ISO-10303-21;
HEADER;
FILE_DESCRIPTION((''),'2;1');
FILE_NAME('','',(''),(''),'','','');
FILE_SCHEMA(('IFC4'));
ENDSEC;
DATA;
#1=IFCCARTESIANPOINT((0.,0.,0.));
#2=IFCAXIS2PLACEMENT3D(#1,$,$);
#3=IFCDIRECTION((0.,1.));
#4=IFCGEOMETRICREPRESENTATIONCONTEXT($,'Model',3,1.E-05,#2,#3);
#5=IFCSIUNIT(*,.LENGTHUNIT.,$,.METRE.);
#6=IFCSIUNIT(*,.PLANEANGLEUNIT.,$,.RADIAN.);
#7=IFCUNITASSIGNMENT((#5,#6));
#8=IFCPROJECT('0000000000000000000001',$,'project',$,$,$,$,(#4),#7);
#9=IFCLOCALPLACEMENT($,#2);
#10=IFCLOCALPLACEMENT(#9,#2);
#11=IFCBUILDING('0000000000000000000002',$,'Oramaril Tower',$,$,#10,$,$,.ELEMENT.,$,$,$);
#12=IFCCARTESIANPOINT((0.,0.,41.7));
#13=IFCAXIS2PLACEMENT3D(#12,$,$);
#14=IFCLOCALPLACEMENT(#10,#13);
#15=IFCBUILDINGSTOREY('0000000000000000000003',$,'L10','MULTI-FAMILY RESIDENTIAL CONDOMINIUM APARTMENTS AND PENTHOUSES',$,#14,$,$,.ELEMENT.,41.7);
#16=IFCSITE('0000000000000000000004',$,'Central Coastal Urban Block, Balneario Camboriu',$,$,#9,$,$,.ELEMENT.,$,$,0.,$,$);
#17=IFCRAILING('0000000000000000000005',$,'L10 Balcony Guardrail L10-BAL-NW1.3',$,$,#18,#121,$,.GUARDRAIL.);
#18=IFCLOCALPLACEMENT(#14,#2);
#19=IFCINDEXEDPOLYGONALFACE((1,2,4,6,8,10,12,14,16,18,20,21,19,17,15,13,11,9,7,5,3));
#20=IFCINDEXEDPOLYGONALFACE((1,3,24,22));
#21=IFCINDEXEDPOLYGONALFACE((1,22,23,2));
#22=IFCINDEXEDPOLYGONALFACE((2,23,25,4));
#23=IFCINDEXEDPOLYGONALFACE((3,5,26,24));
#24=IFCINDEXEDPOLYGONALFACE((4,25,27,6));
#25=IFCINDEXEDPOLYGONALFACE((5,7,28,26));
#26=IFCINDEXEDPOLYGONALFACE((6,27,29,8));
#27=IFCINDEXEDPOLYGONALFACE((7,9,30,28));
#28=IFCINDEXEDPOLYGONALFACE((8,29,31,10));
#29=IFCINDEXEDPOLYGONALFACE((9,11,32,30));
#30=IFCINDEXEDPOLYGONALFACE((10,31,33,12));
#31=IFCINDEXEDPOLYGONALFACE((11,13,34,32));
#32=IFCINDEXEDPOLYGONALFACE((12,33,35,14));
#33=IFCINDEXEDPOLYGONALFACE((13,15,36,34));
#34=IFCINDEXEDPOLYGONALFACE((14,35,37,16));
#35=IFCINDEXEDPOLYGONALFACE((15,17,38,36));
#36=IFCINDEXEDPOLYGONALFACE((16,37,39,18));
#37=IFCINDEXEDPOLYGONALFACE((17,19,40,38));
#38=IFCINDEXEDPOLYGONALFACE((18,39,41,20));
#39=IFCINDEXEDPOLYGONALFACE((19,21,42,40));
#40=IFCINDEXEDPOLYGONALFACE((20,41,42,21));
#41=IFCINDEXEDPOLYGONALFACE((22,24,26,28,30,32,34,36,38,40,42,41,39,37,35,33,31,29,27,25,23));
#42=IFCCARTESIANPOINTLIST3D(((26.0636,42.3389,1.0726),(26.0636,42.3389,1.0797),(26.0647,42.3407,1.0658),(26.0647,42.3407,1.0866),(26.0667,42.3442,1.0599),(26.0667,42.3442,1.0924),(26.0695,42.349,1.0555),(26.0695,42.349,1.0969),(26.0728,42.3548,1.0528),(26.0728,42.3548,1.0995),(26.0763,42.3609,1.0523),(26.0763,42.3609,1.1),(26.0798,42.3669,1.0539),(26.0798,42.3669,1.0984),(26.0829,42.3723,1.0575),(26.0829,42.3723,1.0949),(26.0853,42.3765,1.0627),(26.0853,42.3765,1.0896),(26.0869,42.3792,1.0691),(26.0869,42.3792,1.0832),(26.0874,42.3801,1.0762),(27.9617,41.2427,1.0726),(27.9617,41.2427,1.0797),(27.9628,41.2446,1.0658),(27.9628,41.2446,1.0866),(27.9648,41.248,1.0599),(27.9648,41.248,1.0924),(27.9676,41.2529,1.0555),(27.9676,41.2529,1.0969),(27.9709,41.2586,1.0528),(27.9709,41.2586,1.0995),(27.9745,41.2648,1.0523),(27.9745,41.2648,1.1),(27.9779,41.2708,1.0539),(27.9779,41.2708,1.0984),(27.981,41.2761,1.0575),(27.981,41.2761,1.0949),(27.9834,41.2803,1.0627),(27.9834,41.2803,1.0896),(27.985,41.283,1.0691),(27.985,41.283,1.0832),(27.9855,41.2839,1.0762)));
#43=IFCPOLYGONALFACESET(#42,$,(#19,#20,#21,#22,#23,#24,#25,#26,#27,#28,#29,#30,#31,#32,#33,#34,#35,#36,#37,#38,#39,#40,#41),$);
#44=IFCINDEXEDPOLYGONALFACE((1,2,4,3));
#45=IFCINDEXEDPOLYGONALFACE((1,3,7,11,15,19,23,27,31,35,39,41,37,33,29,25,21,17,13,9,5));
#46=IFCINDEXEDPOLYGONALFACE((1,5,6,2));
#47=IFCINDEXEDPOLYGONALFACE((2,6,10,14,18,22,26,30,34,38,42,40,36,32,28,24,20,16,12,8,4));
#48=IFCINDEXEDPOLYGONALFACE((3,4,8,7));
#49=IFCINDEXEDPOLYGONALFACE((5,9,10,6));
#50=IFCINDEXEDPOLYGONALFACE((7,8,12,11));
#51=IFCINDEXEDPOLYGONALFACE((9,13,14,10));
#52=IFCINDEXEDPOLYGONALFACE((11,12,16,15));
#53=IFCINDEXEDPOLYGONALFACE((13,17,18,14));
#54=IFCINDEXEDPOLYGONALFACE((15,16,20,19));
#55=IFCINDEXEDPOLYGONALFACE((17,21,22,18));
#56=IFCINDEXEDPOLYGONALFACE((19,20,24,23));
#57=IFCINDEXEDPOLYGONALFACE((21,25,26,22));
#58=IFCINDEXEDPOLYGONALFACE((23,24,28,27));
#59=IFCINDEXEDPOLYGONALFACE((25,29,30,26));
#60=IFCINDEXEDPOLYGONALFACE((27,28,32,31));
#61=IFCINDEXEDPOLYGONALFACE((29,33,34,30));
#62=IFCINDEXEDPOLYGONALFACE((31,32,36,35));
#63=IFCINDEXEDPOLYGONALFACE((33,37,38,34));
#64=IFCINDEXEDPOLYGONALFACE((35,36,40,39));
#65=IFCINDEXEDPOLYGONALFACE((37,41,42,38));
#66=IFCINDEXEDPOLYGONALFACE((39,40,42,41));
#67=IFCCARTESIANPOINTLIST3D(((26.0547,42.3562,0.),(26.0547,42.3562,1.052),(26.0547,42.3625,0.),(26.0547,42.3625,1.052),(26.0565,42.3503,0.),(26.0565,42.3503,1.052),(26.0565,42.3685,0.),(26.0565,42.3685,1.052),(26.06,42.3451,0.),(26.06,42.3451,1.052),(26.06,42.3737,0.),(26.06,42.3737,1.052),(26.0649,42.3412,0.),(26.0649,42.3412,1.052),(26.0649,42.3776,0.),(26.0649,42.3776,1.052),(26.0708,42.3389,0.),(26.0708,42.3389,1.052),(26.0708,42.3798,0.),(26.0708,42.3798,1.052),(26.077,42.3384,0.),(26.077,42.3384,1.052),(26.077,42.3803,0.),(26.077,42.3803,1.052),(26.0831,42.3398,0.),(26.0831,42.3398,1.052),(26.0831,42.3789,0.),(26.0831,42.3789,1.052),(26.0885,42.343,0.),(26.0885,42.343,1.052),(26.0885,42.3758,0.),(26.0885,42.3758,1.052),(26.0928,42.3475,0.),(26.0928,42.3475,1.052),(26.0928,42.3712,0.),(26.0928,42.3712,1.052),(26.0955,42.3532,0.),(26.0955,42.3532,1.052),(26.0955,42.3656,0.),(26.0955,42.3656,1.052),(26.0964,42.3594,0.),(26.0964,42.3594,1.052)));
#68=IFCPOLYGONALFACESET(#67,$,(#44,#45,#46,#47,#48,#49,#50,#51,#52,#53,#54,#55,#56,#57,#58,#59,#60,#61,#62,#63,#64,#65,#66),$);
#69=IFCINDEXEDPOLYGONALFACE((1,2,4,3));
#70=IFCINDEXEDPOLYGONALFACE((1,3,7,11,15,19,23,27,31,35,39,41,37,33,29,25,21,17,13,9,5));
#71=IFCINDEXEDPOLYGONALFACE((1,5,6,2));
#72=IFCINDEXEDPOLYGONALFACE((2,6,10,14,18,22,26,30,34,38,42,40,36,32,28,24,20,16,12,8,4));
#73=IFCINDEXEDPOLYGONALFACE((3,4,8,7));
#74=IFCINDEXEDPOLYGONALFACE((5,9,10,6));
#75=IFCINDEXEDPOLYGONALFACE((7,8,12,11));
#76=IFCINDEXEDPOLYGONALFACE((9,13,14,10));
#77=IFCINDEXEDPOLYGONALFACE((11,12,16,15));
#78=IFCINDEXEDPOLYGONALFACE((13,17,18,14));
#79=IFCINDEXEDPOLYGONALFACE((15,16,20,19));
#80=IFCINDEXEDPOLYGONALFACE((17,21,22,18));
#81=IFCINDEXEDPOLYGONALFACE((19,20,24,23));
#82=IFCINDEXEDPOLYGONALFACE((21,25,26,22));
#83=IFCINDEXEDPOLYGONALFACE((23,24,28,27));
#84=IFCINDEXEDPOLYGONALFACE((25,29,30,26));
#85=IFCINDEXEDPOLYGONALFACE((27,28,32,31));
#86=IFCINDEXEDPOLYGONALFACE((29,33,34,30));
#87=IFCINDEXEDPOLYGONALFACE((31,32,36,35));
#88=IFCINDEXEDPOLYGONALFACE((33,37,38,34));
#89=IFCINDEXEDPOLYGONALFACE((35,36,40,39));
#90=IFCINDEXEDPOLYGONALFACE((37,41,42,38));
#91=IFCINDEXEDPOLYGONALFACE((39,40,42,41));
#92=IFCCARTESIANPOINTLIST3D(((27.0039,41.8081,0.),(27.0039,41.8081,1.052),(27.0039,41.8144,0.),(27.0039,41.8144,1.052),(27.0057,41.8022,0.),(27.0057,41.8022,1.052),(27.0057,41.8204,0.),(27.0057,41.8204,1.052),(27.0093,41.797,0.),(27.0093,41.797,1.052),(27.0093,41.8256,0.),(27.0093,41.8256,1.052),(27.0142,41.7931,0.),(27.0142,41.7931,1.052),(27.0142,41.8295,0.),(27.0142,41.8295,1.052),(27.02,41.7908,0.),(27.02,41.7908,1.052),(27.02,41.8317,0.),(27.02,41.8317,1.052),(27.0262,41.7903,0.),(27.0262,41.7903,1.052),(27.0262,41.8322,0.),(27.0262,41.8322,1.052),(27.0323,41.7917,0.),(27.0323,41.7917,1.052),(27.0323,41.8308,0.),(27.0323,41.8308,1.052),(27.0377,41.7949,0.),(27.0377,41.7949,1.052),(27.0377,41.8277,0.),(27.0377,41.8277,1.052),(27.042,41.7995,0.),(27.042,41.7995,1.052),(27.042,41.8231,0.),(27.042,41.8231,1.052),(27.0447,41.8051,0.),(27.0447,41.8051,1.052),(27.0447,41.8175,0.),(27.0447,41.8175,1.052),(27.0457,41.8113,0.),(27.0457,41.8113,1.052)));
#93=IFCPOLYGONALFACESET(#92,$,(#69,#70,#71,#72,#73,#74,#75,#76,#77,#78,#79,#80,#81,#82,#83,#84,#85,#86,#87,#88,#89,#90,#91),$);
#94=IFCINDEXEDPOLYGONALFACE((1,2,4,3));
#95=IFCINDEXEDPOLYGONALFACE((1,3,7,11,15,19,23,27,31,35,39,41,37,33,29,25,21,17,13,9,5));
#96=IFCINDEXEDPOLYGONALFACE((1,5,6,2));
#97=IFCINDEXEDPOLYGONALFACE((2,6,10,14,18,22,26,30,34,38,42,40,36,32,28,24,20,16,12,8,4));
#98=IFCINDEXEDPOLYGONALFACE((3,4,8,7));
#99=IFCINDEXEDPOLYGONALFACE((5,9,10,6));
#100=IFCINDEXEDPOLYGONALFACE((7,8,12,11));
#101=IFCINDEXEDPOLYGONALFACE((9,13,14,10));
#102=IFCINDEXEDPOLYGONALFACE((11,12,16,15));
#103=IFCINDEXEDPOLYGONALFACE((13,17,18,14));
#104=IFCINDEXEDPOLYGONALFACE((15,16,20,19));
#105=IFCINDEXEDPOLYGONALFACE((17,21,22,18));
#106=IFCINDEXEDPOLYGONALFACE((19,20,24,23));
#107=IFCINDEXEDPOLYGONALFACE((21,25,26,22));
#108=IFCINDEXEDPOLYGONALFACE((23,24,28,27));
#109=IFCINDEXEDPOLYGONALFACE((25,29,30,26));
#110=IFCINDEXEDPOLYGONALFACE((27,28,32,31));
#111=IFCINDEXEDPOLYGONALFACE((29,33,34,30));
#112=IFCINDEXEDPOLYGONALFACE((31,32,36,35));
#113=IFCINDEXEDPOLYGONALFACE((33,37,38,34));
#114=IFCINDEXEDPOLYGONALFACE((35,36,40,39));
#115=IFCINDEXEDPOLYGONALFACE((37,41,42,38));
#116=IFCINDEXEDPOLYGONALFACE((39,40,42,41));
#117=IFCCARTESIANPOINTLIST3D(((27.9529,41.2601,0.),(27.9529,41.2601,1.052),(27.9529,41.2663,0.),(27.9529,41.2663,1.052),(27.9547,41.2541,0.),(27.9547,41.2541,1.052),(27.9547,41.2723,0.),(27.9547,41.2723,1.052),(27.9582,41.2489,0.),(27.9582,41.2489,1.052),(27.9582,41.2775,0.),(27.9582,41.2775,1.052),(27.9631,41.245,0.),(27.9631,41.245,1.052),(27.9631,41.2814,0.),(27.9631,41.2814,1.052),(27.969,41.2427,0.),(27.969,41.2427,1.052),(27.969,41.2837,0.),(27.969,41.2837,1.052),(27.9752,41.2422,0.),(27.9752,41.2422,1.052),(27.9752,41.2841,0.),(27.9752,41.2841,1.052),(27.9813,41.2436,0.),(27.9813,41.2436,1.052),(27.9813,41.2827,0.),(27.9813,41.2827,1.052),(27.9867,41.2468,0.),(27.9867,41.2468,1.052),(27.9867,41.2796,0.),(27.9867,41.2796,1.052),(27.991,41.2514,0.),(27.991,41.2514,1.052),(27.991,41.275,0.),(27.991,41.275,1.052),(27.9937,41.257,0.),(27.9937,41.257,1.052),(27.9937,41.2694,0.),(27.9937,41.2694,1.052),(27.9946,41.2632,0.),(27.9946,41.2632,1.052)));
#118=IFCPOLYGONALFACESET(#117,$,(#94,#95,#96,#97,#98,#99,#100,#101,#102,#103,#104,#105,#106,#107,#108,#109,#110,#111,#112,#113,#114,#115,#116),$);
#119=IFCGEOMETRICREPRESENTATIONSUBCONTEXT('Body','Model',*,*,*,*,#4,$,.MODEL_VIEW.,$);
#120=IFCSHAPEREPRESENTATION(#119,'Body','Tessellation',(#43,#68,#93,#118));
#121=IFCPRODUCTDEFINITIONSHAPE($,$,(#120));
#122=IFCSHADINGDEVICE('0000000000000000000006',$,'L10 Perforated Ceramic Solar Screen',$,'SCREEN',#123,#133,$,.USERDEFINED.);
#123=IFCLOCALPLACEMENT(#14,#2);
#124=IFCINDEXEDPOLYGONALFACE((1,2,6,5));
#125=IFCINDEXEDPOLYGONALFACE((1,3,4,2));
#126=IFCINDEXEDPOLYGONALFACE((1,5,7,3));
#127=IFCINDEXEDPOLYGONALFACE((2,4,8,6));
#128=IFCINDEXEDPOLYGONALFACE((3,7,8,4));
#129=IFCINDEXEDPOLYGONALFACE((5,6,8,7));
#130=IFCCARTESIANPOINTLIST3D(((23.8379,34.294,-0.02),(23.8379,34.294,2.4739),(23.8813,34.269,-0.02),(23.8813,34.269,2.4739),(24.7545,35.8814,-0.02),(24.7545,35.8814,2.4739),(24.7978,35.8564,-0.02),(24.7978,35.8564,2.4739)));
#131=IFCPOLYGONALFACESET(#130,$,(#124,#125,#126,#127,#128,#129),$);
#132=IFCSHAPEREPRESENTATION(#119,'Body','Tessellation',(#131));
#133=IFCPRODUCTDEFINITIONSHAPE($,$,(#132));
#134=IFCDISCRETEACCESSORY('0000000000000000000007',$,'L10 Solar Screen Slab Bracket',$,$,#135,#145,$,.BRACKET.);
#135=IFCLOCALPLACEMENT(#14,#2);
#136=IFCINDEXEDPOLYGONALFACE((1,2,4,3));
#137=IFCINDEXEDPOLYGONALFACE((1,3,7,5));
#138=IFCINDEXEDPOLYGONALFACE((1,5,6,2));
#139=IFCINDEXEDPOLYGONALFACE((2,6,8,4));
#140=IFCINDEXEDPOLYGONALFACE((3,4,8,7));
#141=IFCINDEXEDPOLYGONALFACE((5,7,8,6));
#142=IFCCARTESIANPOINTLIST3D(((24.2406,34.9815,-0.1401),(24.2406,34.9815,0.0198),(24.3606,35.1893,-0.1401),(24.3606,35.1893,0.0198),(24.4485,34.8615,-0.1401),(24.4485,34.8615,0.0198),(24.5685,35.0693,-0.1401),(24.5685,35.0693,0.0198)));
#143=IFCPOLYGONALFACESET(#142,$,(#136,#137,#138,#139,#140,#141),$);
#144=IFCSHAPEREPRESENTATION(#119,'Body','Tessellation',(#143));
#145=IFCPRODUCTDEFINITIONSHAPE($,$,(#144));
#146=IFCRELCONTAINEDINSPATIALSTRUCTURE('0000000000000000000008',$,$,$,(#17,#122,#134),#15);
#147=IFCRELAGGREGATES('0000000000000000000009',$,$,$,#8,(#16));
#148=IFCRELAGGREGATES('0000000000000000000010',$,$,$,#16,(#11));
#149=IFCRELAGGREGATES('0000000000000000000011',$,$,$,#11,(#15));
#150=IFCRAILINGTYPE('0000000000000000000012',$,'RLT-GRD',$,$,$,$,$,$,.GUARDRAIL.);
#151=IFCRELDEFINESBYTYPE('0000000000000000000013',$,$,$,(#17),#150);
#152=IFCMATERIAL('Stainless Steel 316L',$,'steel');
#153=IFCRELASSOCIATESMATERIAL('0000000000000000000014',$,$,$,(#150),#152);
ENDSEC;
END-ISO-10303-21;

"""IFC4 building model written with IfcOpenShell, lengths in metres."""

from ifc_helpers import new_model, si_unit, direction, frame, origin, origin_2d, place, context, subcontext, project, spatial, rectangle, circle, extrude, material, type_object, element, save


model = new_model("IFC4")

# Units and contexts
model_context = context("Model", 3, precision=1e-05, world=origin(), true_north=direction((0.0, 1.0)))
body_context = subcontext(model_context, "Body", "Model", "MODEL_VIEW")
ifc_project = project(units=[si_unit("LENGTHUNIT", "METRE"), si_unit("PLANEANGLEUNIT", "RADIAN")], contexts=[model_context])

# Site, building, storey
site_placement = place(None, origin())
site = spatial("IfcSite", under=ifc_project, at=site_placement, Name="Central Coastal Urban Block, Balneario Camboriu", CompositionType="ELEMENT", RefElevation=0.0)
building_placement = place(site_placement, origin())
building = spatial("IfcBuilding", under=site, at=building_placement, Name="Oramaril Tower", CompositionType="ELEMENT")
storey_placement = place(building_placement, frame((0.0, 0.0, 41.7)))
storey = spatial("IfcBuildingStorey", under=building, at=storey_placement, Name="L10", Description="MULTI-FAMILY RESIDENTIAL CONDOMINIUM APARTMENTS AND PENTHOUSES", CompositionType="ELEMENT", Elevation=41.7)

# Railing
ifc_material_1 = material(Name="Stainless Steel 316L", Category="steel")
railing_type = type_object("IfcRailingType", Name="RLT-GRD", PredefinedType="GUARDRAIL", material=ifc_material_1)
railing_1_placement = place(storey_placement, frame((26.0754, 42.3594, 0.0)))
element("IfcRailing", 1, at=railing_1_placement, inside=storey, type_object=railing_type, Name="L10 Balcony Guardrail L10-BAL-NW1.3", PredefinedType="GUARDRAIL", context=body_context, shape_type="SweptSolid", body=[
    extrude(circle(Radius=0.0239, at=origin_2d()), frame((0.0, 0.0, 1.0762), z_axis=(0.865972, -0.500092, 0.0), x_axis=(0.500092, 0.865972, 0.0)), (0.0, 0.0, 1.0), 2.1919),
    extrude(circle(Radius=0.021, at=origin_2d()), origin(), (0.0, 0.0, 1.0), 1.052),
    extrude(circle(Radius=0.021, at=origin_2d()), frame((0.9492, -0.5481, 0.0)), (0.0, 0.0, 1.0), 1.052),
    extrude(circle(Radius=0.021, at=origin_2d()), frame((1.8982, -1.0962, 0.0)), (0.0, 0.0, 1.0), 1.052),
])

# Shading device
shading_device_placement = place(storey_placement, frame((24.3179, 35.0752, -0.02), z_axis=(0.0, 0.0, 1.0), x_axis=(-0.5, -0.866025, 0.0)))
element("IfcShadingDevice", 2, at=shading_device_placement, inside=storey, Name="L10 Perforated Ceramic Solar Screen", ObjectType="SCREEN", PredefinedType="USERDEFINED", context=body_context, shape_type="SweptSolid", body=[
    extrude(rectangle(XDim=1.833, YDim=0.05, at=origin_2d()), origin(), (0.0, 0.0, 1.0), 2.4939),
])

# Discrete accessory
discrete_accessory_placement = place(storey_placement, frame((24.4045, 35.0254, -0.1401), z_axis=(0.0, 0.0, 1.0), x_axis=(-0.5, -0.866025, 0.0)))
element("IfcDiscreteAccessory", 3, at=discrete_accessory_placement, inside=storey, Name="L10 Solar Screen Slab Bracket", PredefinedType="BRACKET", context=body_context, shape_type="SweptSolid", body=[
    extrude(rectangle(XDim=0.24, YDim=0.24, at=origin_2d()), origin(), (0.0, 0.0, 1.0), 0.1599),
])

save(model, "model.ifc")
